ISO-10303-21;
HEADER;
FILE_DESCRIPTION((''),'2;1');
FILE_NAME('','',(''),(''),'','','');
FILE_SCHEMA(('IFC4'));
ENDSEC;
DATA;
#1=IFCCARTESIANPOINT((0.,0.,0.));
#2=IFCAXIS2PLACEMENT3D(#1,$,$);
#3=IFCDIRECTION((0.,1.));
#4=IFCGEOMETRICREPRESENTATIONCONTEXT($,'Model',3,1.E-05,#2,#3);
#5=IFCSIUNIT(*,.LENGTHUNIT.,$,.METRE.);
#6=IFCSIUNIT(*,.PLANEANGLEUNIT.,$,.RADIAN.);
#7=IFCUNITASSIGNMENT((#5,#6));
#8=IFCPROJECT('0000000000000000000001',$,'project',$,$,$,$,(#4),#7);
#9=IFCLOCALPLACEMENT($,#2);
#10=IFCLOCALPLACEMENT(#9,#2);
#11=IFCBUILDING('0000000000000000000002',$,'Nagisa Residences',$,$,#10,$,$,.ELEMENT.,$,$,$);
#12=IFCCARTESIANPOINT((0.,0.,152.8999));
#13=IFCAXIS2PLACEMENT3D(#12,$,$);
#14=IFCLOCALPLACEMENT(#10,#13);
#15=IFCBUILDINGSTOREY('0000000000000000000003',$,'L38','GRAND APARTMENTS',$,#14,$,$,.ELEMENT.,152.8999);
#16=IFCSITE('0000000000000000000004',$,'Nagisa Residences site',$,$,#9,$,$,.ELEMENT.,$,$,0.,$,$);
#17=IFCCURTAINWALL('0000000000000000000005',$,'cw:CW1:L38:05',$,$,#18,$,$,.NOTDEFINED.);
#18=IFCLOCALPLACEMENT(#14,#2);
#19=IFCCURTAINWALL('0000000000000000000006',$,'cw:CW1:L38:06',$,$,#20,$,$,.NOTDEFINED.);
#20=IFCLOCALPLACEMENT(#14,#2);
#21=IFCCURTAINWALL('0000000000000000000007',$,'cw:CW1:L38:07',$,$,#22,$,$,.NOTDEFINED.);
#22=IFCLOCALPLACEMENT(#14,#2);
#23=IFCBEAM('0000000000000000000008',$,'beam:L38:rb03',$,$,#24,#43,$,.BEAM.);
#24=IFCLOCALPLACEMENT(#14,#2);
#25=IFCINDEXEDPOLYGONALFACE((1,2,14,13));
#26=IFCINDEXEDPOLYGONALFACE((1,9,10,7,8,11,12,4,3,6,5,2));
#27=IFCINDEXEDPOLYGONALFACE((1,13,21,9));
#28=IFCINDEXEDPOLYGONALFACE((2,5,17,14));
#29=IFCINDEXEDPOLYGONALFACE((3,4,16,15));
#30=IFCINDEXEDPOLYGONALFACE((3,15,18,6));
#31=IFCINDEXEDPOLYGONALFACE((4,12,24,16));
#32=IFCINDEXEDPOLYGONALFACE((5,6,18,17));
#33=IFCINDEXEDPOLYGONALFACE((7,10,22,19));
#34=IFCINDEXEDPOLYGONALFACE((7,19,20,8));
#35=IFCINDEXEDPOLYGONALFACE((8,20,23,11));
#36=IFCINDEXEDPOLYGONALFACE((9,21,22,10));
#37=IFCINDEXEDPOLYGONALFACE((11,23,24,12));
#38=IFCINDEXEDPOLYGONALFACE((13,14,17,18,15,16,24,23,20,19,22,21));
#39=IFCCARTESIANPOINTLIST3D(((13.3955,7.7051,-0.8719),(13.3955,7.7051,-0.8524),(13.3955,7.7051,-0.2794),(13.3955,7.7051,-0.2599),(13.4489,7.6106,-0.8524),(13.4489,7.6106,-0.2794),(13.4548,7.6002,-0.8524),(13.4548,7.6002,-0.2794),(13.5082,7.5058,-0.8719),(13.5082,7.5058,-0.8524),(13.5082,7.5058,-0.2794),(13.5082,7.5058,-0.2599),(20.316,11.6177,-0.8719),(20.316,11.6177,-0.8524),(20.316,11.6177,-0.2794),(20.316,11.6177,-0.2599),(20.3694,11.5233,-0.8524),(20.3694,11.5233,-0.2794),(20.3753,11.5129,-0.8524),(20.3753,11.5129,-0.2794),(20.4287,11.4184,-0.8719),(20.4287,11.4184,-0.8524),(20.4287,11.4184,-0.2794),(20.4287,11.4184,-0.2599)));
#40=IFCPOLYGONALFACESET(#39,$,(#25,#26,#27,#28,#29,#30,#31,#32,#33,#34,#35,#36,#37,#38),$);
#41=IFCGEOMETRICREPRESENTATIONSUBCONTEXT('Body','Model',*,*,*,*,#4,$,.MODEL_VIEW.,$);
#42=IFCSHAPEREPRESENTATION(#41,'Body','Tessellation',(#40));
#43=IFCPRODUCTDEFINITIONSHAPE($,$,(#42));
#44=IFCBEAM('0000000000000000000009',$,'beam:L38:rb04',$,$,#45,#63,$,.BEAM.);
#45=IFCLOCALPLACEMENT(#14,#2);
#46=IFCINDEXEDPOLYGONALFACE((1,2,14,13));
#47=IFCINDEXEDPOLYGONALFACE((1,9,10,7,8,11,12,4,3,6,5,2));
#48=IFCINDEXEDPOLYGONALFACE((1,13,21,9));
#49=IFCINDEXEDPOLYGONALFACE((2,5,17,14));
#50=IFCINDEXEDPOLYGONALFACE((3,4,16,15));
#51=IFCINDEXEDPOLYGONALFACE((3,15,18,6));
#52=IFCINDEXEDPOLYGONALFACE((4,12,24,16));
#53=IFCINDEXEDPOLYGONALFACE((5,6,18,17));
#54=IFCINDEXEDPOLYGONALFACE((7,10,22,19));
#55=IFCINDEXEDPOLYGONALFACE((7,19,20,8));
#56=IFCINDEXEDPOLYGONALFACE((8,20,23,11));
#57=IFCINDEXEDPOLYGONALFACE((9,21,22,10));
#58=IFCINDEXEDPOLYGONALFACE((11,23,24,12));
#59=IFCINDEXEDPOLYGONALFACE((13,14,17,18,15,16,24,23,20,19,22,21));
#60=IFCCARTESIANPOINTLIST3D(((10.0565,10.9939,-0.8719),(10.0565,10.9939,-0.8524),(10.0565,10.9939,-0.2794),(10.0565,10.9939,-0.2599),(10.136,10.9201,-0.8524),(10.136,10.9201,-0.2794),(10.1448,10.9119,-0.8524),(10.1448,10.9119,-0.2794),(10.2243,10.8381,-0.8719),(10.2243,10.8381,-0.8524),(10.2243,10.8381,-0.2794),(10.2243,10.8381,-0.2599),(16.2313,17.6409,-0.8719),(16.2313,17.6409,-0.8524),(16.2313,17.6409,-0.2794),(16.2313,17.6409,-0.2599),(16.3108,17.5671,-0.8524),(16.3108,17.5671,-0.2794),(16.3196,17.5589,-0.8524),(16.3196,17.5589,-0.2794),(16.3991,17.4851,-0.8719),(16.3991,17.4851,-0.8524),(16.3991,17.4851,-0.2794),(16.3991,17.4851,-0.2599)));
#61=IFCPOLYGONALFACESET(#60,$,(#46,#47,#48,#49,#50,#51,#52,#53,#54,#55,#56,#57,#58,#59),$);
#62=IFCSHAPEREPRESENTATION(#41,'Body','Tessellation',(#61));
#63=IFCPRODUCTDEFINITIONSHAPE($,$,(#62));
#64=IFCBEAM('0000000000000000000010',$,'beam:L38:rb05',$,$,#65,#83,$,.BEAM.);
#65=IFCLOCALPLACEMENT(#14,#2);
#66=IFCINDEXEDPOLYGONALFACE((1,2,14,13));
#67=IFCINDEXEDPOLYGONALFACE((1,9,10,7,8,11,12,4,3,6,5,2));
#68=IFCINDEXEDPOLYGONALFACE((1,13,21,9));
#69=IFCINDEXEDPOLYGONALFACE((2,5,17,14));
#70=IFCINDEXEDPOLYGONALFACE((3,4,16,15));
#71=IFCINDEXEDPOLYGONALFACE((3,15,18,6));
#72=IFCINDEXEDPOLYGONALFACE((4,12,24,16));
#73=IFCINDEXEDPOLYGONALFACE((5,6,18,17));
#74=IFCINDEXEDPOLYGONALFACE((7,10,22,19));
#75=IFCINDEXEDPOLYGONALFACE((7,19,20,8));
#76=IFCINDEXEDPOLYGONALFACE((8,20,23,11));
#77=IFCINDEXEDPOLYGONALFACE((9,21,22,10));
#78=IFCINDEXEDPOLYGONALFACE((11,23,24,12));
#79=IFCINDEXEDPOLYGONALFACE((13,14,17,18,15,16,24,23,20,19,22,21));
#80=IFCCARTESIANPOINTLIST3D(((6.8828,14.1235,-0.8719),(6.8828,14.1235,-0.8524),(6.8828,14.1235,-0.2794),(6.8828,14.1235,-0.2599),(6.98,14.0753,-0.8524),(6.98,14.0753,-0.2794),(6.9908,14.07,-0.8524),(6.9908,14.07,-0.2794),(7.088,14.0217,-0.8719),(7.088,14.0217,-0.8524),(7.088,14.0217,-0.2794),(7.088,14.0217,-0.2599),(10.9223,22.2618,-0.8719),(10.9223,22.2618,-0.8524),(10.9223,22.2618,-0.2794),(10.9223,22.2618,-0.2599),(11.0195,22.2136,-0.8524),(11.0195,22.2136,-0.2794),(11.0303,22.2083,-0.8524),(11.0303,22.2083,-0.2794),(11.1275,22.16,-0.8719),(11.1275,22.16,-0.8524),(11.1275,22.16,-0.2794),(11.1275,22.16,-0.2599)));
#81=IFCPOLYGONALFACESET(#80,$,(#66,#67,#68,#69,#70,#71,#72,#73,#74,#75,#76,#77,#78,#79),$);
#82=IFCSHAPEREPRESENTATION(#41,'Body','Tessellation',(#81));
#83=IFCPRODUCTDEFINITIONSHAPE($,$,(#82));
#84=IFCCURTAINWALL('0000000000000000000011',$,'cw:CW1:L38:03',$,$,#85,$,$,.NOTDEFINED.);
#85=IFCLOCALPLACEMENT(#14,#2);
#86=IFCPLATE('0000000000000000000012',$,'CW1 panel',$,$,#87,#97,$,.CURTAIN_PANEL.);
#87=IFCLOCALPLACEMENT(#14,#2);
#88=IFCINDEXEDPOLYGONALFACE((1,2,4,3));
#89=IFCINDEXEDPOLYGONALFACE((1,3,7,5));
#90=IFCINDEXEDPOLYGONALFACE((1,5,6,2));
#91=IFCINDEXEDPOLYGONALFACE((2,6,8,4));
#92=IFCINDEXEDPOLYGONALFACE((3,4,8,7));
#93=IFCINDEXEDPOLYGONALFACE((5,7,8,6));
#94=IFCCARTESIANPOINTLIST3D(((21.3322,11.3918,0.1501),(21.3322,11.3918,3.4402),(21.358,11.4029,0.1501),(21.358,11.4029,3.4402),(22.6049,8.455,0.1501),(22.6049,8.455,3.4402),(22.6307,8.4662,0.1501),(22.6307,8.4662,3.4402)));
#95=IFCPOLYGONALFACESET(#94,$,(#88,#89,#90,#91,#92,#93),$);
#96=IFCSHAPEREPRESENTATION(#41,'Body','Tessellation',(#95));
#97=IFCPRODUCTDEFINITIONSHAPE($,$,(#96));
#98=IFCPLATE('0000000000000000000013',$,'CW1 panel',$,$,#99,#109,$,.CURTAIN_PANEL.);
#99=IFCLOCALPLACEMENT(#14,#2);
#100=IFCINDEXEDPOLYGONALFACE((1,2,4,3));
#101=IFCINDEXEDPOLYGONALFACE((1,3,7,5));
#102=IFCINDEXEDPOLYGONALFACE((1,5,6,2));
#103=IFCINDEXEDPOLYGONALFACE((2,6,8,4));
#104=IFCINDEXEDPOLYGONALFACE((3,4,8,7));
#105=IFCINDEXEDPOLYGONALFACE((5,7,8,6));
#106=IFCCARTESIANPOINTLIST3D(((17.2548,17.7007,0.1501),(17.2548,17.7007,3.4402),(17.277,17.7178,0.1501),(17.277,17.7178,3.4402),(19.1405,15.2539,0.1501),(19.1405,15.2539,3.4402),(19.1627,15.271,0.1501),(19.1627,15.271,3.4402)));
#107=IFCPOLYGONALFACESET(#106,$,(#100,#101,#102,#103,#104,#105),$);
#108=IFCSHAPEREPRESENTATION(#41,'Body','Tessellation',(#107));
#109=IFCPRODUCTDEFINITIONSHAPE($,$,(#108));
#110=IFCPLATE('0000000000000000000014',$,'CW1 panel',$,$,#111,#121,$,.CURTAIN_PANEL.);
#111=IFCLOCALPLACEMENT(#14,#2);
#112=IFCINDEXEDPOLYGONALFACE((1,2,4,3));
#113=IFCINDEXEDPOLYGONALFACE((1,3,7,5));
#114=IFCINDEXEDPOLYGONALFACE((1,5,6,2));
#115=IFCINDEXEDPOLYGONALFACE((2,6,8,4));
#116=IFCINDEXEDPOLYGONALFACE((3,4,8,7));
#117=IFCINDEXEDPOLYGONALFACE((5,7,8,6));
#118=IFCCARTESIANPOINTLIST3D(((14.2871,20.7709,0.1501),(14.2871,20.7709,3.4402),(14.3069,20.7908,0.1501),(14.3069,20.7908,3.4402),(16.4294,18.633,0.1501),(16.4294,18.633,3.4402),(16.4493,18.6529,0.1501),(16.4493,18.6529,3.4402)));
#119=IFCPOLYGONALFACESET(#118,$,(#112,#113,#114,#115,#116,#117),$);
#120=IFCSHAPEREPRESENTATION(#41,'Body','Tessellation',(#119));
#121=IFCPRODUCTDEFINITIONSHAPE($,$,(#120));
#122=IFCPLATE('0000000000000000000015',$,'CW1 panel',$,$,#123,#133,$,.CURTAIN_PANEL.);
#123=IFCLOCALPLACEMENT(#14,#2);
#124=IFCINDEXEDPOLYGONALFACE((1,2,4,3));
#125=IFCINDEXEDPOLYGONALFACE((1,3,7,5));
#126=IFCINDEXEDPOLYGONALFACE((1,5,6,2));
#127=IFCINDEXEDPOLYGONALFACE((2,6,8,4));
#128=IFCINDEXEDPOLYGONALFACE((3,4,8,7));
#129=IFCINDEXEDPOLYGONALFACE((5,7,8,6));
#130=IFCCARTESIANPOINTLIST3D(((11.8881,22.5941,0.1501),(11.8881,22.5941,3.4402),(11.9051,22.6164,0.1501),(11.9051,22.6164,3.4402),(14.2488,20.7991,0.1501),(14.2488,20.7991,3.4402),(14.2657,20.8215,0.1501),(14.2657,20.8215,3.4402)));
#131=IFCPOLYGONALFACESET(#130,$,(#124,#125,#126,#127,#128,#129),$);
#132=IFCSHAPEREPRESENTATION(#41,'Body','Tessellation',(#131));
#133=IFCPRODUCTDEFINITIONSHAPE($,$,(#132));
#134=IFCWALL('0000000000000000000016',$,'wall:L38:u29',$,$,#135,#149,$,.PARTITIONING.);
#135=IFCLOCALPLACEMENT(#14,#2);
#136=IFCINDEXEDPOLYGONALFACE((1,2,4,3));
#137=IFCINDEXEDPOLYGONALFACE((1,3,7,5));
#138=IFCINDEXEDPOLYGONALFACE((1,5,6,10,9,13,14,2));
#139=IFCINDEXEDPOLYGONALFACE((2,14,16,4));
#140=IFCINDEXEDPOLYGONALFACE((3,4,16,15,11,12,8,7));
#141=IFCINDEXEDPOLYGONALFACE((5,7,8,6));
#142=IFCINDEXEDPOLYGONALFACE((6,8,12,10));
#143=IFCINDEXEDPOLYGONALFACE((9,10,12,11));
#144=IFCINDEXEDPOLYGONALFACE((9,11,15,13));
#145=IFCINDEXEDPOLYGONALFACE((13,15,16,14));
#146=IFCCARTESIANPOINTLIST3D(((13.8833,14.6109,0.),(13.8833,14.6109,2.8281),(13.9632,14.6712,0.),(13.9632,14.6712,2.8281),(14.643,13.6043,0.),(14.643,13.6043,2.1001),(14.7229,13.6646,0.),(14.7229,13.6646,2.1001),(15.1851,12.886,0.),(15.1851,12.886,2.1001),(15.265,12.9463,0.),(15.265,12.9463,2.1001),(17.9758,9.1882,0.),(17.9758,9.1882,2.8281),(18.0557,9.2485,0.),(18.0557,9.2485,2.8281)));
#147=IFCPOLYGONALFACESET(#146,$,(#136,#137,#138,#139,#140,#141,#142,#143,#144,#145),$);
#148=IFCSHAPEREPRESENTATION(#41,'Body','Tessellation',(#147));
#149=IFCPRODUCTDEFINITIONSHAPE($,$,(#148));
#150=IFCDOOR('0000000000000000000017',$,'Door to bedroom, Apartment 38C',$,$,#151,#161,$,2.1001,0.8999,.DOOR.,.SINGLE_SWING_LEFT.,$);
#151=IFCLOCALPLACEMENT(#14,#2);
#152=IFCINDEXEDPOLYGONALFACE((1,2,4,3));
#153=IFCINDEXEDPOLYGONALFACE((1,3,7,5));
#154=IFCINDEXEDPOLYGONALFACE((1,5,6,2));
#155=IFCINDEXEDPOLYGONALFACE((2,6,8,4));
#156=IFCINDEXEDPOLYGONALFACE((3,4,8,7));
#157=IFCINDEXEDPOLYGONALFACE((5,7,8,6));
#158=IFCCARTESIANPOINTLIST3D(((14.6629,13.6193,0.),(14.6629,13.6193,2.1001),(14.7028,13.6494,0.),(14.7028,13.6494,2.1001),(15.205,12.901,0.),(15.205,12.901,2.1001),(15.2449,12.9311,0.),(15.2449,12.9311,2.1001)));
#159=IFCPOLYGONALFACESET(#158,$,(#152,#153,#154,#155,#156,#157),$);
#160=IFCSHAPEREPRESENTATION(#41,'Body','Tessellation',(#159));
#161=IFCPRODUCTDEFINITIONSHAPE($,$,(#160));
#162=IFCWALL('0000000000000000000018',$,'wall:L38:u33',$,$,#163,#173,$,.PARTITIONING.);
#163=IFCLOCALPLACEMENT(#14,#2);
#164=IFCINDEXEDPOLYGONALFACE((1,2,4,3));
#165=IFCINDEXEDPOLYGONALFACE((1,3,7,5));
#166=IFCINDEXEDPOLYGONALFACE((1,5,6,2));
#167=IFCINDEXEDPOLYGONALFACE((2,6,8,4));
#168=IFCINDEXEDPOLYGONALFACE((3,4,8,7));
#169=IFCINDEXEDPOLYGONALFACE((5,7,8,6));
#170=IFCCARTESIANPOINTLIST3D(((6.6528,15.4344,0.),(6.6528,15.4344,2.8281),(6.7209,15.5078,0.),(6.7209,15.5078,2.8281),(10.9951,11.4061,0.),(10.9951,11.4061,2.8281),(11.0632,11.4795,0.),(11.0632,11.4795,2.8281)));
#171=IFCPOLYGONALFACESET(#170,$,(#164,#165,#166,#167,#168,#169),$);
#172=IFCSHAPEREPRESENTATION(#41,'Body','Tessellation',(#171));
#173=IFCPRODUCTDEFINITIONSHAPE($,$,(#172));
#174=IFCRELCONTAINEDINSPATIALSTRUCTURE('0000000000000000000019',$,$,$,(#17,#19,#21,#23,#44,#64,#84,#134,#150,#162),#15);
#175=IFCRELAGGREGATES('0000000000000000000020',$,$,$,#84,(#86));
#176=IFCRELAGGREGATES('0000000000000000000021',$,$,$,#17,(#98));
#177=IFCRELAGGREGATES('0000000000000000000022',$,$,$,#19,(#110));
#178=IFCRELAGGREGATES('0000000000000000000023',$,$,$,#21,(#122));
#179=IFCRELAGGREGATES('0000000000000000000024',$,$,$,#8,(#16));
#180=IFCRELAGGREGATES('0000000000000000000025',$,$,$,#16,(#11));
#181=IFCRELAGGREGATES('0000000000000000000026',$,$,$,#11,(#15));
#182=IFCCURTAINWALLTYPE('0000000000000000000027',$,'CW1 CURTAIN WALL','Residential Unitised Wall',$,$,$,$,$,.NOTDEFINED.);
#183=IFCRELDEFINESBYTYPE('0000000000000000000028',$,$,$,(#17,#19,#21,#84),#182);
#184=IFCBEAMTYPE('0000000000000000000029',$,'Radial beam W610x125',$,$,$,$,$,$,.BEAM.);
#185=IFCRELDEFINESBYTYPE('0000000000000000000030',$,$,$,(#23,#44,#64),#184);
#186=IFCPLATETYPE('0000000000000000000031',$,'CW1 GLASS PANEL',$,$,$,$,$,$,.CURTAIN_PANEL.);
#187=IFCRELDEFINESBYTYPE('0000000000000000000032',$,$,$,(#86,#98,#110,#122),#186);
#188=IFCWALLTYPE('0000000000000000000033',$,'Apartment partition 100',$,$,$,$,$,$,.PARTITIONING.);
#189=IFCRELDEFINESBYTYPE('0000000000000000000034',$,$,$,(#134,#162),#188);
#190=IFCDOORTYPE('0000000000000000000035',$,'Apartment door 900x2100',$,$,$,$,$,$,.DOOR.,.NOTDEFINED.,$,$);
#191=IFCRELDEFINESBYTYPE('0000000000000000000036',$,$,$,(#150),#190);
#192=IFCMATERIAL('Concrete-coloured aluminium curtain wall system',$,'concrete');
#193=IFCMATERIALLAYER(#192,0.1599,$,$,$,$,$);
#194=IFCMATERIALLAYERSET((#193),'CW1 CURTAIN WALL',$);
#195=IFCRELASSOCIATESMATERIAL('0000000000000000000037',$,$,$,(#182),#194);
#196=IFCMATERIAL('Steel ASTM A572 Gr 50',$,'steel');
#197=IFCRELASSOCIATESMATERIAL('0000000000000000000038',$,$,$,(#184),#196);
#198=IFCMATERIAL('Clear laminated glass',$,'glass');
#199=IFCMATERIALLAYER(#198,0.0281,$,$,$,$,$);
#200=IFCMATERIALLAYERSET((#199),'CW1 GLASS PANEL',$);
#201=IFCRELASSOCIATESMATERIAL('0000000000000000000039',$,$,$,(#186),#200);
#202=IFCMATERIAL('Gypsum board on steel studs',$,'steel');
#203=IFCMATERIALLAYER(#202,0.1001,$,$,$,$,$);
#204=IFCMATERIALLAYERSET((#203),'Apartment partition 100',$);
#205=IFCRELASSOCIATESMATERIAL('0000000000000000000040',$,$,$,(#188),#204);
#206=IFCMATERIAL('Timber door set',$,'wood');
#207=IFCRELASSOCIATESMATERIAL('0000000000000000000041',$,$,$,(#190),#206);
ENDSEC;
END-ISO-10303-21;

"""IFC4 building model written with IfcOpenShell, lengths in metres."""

from ifc_helpers import new_model, si_unit, direction, frame, frame_2d, origin, origin_2d, place, context, subcontext, project, spatial, rectangle, i_section, extrude, material, layer, layer_set, material_profile, profile_set, type_object, element, fill, aggregate, save


model = new_model("IFC4")

# Units and contexts
model_context = context("Model", 3, precision=1e-05, world=origin(), true_north=direction((0.0, 1.0)))
body_context = subcontext(model_context, "Body", "Model", "MODEL_VIEW")
ifc_project = project(units=[si_unit("LENGTHUNIT", "METRE"), si_unit("PLANEANGLEUNIT", "RADIAN")], contexts=[model_context])

# Site, building, storey
site_placement = place(None, origin())
site = spatial("IfcSite", under=ifc_project, at=site_placement, Name="Nagisa Residences site", CompositionType="ELEMENT", RefElevation=0.0)
building_placement = place(site_placement, origin())
building = spatial("IfcBuilding", under=site, at=building_placement, Name="Nagisa Residences", CompositionType="ELEMENT")
storey_placement = place(building_placement, frame((0.0, 0.0, 152.8999)))
storey = spatial("IfcBuildingStorey", under=building, at=storey_placement, Name="L38", Description="GRAND APARTMENTS", CompositionType="ELEMENT", Elevation=152.8999)

# Curtain walls
ifc_material_1 = material(Name="Concrete-coloured aluminium curtain wall system", Category="concrete")
ifc_layer_1 = layer(ifc_material_1, 0.1599)
ifc_layer_set_1 = layer_set([ifc_layer_1], Name="CW1 CURTAIN WALL")
curtain_wall_type = type_object("IfcCurtainWallType", Name="CW1 CURTAIN WALL", Description="Residential Unitised Wall", PredefinedType="NOTDEFINED", material=ifc_layer_set_1)
curtain_wall_1_placement = place(storey_placement, origin())
curtain_wall_1 = element("IfcCurtainWall", 1, at=curtain_wall_1_placement, inside=storey, type_object=curtain_wall_type, Name="cw:CW1:L38:05", PredefinedType="NOTDEFINED")
curtain_wall_2_placement = place(storey_placement, origin())
curtain_wall_2 = element("IfcCurtainWall", 2, at=curtain_wall_2_placement, inside=storey, type_object=curtain_wall_type, Name="cw:CW1:L38:06", PredefinedType="NOTDEFINED")
curtain_wall_3_placement = place(storey_placement, origin())
curtain_wall_3 = element("IfcCurtainWall", 3, at=curtain_wall_3_placement, inside=storey, type_object=curtain_wall_type, Name="cw:CW1:L38:07", PredefinedType="NOTDEFINED")

# Beams
ifc_material_2 = material(Name="Steel ASTM A572 Gr 50", Category="steel")
ifc_material_profile_1 = material_profile(ifc_material_2, i_section(OverallWidth=0.229, OverallDepth=0.6121, WebThickness=0.012, FlangeThickness=0.0195, at=origin_2d()), Name="W610x125")
ifc_profile_set_1 = profile_set([ifc_material_profile_1], Name="Steel ASTM A572 Gr 50")
beam_type_1 = type_object("IfcBeamType", Name="Radial beam W610x125", PredefinedType="BEAM", material=ifc_profile_set_1)
beam_1_placement = place(storey_placement, frame((20.3723, 11.5181, -0.5659), z_axis=(-0.870506, -0.492158, 0.0), x_axis=(0.492158, -0.870506, 0.0)))
element("IfcBeam", 4, at=beam_1_placement, inside=storey, type_object=beam_type_1, Name="beam:L38:rb03", PredefinedType="BEAM", context=body_context, shape_type="SweptSolid", body=[
    extrude(i_section(OverallWidth=0.229, OverallDepth=0.6121, WebThickness=0.012, FlangeThickness=0.0195, at=origin_2d()), origin(), (0.0, 0.0, 1.0), 7.95),
])
beam_2_placement = place(storey_placement, frame((16.3152, 17.563, -0.5659), z_axis=(-0.680606, -0.73265, 0.0), x_axis=(0.73265, -0.680606, 0.0)))
element("IfcBeam", 5, at=beam_2_placement, inside=storey, type_object=beam_type_1, Name="beam:L38:rb04", PredefinedType="BEAM", context=body_context, shape_type="SweptSolid", body=[
    extrude(i_section(OverallWidth=0.229, OverallDepth=0.6121, WebThickness=0.012, FlangeThickness=0.0195, at=origin_2d()), origin(), (0.0, 0.0, 1.0), 9.0725),
])
beam_3_placement = place(storey_placement, frame((11.0249, 22.2109, -0.5659), z_axis=(-0.4446, -0.895729, 0.0), x_axis=(0.895729, -0.4446, 0.0)))
element("IfcBeam", 6, at=beam_3_placement, inside=storey, type_object=beam_type_1, Name="beam:L38:rb05", PredefinedType="BEAM", context=body_context, shape_type="SweptSolid", body=[
    extrude(i_section(OverallWidth=0.229, OverallDepth=0.6121, WebThickness=0.012, FlangeThickness=0.0195, at=origin_2d()), origin(), (0.0, 0.0, 1.0), 9.0857),
])

# Curtain wall, plate
curtain_wall_4_placement = place(storey_placement, origin())
curtain_wall_4 = element("IfcCurtainWall", 7, at=curtain_wall_4_placement, inside=storey, type_object=curtain_wall_type, Name="cw:CW1:L38:03", PredefinedType="NOTDEFINED")
ifc_material_3 = material(Name="Clear laminated glass", Category="glass")
ifc_layer_2 = layer(ifc_material_3, 0.0281)
ifc_layer_set_2 = layer_set([ifc_layer_2], Name="CW1 GLASS PANEL")
plate_type = type_object("IfcPlateType", Name="CW1 GLASS PANEL", PredefinedType="CURTAIN_PANEL", material=ifc_layer_set_2)
plate_1_placement = place(storey_placement, frame((21.9814, 9.929, 0.1501), z_axis=(0.0, 0.0, 1.0), x_axis=(-0.397636, 0.917543, 0.0)))
plate_1 = element("IfcPlate", 8, at=plate_1_placement, type_object=plate_type, Name="CW1 panel", PredefinedType="CURTAIN_PANEL", context=body_context, shape_type="SweptSolid", body=[
    extrude(rectangle(XDim=3.2007, YDim=0.0281, at=origin_2d()), origin(), (0.0, 0.0, 1.0), 3.29),
])
aggregate(curtain_wall_4, [plate_1])

# Plates
plate_2_placement = place(storey_placement, frame((18.2087, 16.4858, 0.1501), z_axis=(0.0, 0.0, 1.0), x_axis=(-0.61043, 0.79207, 0.0)))
plate_2 = element("IfcPlate", 9, at=plate_2_placement, type_object=plate_type, Name="CW1 panel", PredefinedType="CURTAIN_PANEL", context=body_context, shape_type="SweptSolid", body=[
    extrude(rectangle(XDim=3.0891, YDim=0.0281, at=origin_2d()), origin(), (0.0, 0.0, 1.0), 3.29),
])
aggregate(curtain_wall_1, [plate_2])
plate_3_placement = place(storey_placement, frame((15.3682, 19.7119, 0.1501), z_axis=(0.0, 0.0, 1.0), x_axis=(-0.707836, 0.706377, 0.0)))
plate_3 = element("IfcPlate", 10, at=plate_3_placement, type_object=plate_type, Name="CW1 panel", PredefinedType="CURTAIN_PANEL", context=body_context, shape_type="SweptSolid", body=[
    extrude(rectangle(XDim=3.0266, YDim=0.0281, at=origin_2d()), origin(), (0.0, 0.0, 1.0), 3.29),
])
aggregate(curtain_wall_2, [plate_3])
plate_4_placement = place(storey_placement, frame((13.0769, 21.7078, 0.1501), z_axis=(0.0, 0.0, 1.0), x_axis=(-0.796031, 0.605255, 0.0)))
plate_4 = element("IfcPlate", 11, at=plate_4_placement, type_object=plate_type, Name="CW1 panel", PredefinedType="CURTAIN_PANEL", context=body_context, shape_type="SweptSolid", body=[
    extrude(rectangle(XDim=2.9656, YDim=0.0281, at=origin_2d()), origin(), (0.0, 0.0, 1.0), 3.29),
])
aggregate(curtain_wall_3, [plate_4])

# Wall, opening, door
ifc_material_4 = material(Name="Gypsum board on steel studs", Category="steel")
ifc_layer_3 = layer(ifc_material_4, 0.1001)
ifc_layer_set_3 = layer_set([ifc_layer_3], Name="Apartment partition 100")
wall_type_1 = type_object("IfcWallType", Name="Apartment partition 100", PredefinedType="PARTITIONING", material=ifc_layer_set_3)
wall_1_placement = place(storey_placement, frame((18.0159, 9.2183, 0.0), z_axis=(0.0, 0.0, 1.0), x_axis=(-0.602406, 0.798189, 0.0)))
wall_1 = element("IfcWall", 12, at=wall_1_placement, inside=storey, type_object=wall_type_1, Name="wall:L38:u29", PredefinedType="PARTITIONING", context=body_context, shape_type="SweptSolid", body=[
    extrude(rectangle(XDim=6.7937, YDim=0.1001, at=frame_2d((3.397, 0.0))), origin(), (0.0, 0.0, 1.0), 2.8281),
])
opening_1_placement = place(wall_1_placement, frame((4.6328, 0.0, 0.0)))
opening_1 = element("IfcOpeningElement", 13, at=opening_1_placement, cuts=wall_1, PredefinedType="OPENING", context=body_context, shape_type="SweptSolid", body=[
    extrude(rectangle(XDim=0.8999, YDim=2.1001, at=frame_2d((0.45, 1.05))), frame((0.0, 0.0601, 0.0), z_axis=(0.0, -1.0, 0.0), x_axis=(1.0, 0.0, 0.0)), (0.0, 0.0, 1.0), 0.1201),
])
ifc_material_5 = material(Name="Timber door set", Category="wood")
door_type_1 = type_object("IfcDoorType", Name="Apartment door 900x2100", OperationType="NOTDEFINED", PredefinedType="DOOR", material=ifc_material_5)
door_1_placement = place(opening_1_placement, frame((0.8999, 0.0, 0.0), x_axis=(-1.0, 0.0, 0.0)))
door_1 = element("IfcDoor", 14, at=door_1_placement, inside=storey, type_object=door_type_1, Name="Door to bedroom, Apartment 38C", OperationType="SINGLE_SWING_LEFT", OverallHeight=2.1001, OverallWidth=0.8999, PredefinedType="DOOR", context=body_context, shape_type="SweptSolid", body=[
    extrude(rectangle(XDim=0.8999, YDim=2.1001, at=frame_2d((0.45, 1.05))), frame((0.0, 0.0249, 0.0), z_axis=(0.0, -1.0, 0.0), x_axis=(1.0, 0.0, 0.0)), (0.0, 0.0, 1.0), 0.05),
])
fill(opening_1, door_1)

# Wall
wall_2_placement = place(storey_placement, frame((11.0291, 11.4429, 0.0), z_axis=(0.0, 0.0, 1.0), x_axis=(-0.733113, 0.680106, 0.0)))
element("IfcWall", 15, at=wall_2_placement, inside=storey, type_object=wall_type_1, Name="wall:L38:u33", PredefinedType="PARTITIONING", context=body_context, shape_type="SweptSolid", body=[
    extrude(rectangle(XDim=5.9231, YDim=0.1001, at=frame_2d((2.9614, 0.0))), origin(), (0.0, 0.0, 1.0), 2.8281),
])

save(model, "model.ifc")
